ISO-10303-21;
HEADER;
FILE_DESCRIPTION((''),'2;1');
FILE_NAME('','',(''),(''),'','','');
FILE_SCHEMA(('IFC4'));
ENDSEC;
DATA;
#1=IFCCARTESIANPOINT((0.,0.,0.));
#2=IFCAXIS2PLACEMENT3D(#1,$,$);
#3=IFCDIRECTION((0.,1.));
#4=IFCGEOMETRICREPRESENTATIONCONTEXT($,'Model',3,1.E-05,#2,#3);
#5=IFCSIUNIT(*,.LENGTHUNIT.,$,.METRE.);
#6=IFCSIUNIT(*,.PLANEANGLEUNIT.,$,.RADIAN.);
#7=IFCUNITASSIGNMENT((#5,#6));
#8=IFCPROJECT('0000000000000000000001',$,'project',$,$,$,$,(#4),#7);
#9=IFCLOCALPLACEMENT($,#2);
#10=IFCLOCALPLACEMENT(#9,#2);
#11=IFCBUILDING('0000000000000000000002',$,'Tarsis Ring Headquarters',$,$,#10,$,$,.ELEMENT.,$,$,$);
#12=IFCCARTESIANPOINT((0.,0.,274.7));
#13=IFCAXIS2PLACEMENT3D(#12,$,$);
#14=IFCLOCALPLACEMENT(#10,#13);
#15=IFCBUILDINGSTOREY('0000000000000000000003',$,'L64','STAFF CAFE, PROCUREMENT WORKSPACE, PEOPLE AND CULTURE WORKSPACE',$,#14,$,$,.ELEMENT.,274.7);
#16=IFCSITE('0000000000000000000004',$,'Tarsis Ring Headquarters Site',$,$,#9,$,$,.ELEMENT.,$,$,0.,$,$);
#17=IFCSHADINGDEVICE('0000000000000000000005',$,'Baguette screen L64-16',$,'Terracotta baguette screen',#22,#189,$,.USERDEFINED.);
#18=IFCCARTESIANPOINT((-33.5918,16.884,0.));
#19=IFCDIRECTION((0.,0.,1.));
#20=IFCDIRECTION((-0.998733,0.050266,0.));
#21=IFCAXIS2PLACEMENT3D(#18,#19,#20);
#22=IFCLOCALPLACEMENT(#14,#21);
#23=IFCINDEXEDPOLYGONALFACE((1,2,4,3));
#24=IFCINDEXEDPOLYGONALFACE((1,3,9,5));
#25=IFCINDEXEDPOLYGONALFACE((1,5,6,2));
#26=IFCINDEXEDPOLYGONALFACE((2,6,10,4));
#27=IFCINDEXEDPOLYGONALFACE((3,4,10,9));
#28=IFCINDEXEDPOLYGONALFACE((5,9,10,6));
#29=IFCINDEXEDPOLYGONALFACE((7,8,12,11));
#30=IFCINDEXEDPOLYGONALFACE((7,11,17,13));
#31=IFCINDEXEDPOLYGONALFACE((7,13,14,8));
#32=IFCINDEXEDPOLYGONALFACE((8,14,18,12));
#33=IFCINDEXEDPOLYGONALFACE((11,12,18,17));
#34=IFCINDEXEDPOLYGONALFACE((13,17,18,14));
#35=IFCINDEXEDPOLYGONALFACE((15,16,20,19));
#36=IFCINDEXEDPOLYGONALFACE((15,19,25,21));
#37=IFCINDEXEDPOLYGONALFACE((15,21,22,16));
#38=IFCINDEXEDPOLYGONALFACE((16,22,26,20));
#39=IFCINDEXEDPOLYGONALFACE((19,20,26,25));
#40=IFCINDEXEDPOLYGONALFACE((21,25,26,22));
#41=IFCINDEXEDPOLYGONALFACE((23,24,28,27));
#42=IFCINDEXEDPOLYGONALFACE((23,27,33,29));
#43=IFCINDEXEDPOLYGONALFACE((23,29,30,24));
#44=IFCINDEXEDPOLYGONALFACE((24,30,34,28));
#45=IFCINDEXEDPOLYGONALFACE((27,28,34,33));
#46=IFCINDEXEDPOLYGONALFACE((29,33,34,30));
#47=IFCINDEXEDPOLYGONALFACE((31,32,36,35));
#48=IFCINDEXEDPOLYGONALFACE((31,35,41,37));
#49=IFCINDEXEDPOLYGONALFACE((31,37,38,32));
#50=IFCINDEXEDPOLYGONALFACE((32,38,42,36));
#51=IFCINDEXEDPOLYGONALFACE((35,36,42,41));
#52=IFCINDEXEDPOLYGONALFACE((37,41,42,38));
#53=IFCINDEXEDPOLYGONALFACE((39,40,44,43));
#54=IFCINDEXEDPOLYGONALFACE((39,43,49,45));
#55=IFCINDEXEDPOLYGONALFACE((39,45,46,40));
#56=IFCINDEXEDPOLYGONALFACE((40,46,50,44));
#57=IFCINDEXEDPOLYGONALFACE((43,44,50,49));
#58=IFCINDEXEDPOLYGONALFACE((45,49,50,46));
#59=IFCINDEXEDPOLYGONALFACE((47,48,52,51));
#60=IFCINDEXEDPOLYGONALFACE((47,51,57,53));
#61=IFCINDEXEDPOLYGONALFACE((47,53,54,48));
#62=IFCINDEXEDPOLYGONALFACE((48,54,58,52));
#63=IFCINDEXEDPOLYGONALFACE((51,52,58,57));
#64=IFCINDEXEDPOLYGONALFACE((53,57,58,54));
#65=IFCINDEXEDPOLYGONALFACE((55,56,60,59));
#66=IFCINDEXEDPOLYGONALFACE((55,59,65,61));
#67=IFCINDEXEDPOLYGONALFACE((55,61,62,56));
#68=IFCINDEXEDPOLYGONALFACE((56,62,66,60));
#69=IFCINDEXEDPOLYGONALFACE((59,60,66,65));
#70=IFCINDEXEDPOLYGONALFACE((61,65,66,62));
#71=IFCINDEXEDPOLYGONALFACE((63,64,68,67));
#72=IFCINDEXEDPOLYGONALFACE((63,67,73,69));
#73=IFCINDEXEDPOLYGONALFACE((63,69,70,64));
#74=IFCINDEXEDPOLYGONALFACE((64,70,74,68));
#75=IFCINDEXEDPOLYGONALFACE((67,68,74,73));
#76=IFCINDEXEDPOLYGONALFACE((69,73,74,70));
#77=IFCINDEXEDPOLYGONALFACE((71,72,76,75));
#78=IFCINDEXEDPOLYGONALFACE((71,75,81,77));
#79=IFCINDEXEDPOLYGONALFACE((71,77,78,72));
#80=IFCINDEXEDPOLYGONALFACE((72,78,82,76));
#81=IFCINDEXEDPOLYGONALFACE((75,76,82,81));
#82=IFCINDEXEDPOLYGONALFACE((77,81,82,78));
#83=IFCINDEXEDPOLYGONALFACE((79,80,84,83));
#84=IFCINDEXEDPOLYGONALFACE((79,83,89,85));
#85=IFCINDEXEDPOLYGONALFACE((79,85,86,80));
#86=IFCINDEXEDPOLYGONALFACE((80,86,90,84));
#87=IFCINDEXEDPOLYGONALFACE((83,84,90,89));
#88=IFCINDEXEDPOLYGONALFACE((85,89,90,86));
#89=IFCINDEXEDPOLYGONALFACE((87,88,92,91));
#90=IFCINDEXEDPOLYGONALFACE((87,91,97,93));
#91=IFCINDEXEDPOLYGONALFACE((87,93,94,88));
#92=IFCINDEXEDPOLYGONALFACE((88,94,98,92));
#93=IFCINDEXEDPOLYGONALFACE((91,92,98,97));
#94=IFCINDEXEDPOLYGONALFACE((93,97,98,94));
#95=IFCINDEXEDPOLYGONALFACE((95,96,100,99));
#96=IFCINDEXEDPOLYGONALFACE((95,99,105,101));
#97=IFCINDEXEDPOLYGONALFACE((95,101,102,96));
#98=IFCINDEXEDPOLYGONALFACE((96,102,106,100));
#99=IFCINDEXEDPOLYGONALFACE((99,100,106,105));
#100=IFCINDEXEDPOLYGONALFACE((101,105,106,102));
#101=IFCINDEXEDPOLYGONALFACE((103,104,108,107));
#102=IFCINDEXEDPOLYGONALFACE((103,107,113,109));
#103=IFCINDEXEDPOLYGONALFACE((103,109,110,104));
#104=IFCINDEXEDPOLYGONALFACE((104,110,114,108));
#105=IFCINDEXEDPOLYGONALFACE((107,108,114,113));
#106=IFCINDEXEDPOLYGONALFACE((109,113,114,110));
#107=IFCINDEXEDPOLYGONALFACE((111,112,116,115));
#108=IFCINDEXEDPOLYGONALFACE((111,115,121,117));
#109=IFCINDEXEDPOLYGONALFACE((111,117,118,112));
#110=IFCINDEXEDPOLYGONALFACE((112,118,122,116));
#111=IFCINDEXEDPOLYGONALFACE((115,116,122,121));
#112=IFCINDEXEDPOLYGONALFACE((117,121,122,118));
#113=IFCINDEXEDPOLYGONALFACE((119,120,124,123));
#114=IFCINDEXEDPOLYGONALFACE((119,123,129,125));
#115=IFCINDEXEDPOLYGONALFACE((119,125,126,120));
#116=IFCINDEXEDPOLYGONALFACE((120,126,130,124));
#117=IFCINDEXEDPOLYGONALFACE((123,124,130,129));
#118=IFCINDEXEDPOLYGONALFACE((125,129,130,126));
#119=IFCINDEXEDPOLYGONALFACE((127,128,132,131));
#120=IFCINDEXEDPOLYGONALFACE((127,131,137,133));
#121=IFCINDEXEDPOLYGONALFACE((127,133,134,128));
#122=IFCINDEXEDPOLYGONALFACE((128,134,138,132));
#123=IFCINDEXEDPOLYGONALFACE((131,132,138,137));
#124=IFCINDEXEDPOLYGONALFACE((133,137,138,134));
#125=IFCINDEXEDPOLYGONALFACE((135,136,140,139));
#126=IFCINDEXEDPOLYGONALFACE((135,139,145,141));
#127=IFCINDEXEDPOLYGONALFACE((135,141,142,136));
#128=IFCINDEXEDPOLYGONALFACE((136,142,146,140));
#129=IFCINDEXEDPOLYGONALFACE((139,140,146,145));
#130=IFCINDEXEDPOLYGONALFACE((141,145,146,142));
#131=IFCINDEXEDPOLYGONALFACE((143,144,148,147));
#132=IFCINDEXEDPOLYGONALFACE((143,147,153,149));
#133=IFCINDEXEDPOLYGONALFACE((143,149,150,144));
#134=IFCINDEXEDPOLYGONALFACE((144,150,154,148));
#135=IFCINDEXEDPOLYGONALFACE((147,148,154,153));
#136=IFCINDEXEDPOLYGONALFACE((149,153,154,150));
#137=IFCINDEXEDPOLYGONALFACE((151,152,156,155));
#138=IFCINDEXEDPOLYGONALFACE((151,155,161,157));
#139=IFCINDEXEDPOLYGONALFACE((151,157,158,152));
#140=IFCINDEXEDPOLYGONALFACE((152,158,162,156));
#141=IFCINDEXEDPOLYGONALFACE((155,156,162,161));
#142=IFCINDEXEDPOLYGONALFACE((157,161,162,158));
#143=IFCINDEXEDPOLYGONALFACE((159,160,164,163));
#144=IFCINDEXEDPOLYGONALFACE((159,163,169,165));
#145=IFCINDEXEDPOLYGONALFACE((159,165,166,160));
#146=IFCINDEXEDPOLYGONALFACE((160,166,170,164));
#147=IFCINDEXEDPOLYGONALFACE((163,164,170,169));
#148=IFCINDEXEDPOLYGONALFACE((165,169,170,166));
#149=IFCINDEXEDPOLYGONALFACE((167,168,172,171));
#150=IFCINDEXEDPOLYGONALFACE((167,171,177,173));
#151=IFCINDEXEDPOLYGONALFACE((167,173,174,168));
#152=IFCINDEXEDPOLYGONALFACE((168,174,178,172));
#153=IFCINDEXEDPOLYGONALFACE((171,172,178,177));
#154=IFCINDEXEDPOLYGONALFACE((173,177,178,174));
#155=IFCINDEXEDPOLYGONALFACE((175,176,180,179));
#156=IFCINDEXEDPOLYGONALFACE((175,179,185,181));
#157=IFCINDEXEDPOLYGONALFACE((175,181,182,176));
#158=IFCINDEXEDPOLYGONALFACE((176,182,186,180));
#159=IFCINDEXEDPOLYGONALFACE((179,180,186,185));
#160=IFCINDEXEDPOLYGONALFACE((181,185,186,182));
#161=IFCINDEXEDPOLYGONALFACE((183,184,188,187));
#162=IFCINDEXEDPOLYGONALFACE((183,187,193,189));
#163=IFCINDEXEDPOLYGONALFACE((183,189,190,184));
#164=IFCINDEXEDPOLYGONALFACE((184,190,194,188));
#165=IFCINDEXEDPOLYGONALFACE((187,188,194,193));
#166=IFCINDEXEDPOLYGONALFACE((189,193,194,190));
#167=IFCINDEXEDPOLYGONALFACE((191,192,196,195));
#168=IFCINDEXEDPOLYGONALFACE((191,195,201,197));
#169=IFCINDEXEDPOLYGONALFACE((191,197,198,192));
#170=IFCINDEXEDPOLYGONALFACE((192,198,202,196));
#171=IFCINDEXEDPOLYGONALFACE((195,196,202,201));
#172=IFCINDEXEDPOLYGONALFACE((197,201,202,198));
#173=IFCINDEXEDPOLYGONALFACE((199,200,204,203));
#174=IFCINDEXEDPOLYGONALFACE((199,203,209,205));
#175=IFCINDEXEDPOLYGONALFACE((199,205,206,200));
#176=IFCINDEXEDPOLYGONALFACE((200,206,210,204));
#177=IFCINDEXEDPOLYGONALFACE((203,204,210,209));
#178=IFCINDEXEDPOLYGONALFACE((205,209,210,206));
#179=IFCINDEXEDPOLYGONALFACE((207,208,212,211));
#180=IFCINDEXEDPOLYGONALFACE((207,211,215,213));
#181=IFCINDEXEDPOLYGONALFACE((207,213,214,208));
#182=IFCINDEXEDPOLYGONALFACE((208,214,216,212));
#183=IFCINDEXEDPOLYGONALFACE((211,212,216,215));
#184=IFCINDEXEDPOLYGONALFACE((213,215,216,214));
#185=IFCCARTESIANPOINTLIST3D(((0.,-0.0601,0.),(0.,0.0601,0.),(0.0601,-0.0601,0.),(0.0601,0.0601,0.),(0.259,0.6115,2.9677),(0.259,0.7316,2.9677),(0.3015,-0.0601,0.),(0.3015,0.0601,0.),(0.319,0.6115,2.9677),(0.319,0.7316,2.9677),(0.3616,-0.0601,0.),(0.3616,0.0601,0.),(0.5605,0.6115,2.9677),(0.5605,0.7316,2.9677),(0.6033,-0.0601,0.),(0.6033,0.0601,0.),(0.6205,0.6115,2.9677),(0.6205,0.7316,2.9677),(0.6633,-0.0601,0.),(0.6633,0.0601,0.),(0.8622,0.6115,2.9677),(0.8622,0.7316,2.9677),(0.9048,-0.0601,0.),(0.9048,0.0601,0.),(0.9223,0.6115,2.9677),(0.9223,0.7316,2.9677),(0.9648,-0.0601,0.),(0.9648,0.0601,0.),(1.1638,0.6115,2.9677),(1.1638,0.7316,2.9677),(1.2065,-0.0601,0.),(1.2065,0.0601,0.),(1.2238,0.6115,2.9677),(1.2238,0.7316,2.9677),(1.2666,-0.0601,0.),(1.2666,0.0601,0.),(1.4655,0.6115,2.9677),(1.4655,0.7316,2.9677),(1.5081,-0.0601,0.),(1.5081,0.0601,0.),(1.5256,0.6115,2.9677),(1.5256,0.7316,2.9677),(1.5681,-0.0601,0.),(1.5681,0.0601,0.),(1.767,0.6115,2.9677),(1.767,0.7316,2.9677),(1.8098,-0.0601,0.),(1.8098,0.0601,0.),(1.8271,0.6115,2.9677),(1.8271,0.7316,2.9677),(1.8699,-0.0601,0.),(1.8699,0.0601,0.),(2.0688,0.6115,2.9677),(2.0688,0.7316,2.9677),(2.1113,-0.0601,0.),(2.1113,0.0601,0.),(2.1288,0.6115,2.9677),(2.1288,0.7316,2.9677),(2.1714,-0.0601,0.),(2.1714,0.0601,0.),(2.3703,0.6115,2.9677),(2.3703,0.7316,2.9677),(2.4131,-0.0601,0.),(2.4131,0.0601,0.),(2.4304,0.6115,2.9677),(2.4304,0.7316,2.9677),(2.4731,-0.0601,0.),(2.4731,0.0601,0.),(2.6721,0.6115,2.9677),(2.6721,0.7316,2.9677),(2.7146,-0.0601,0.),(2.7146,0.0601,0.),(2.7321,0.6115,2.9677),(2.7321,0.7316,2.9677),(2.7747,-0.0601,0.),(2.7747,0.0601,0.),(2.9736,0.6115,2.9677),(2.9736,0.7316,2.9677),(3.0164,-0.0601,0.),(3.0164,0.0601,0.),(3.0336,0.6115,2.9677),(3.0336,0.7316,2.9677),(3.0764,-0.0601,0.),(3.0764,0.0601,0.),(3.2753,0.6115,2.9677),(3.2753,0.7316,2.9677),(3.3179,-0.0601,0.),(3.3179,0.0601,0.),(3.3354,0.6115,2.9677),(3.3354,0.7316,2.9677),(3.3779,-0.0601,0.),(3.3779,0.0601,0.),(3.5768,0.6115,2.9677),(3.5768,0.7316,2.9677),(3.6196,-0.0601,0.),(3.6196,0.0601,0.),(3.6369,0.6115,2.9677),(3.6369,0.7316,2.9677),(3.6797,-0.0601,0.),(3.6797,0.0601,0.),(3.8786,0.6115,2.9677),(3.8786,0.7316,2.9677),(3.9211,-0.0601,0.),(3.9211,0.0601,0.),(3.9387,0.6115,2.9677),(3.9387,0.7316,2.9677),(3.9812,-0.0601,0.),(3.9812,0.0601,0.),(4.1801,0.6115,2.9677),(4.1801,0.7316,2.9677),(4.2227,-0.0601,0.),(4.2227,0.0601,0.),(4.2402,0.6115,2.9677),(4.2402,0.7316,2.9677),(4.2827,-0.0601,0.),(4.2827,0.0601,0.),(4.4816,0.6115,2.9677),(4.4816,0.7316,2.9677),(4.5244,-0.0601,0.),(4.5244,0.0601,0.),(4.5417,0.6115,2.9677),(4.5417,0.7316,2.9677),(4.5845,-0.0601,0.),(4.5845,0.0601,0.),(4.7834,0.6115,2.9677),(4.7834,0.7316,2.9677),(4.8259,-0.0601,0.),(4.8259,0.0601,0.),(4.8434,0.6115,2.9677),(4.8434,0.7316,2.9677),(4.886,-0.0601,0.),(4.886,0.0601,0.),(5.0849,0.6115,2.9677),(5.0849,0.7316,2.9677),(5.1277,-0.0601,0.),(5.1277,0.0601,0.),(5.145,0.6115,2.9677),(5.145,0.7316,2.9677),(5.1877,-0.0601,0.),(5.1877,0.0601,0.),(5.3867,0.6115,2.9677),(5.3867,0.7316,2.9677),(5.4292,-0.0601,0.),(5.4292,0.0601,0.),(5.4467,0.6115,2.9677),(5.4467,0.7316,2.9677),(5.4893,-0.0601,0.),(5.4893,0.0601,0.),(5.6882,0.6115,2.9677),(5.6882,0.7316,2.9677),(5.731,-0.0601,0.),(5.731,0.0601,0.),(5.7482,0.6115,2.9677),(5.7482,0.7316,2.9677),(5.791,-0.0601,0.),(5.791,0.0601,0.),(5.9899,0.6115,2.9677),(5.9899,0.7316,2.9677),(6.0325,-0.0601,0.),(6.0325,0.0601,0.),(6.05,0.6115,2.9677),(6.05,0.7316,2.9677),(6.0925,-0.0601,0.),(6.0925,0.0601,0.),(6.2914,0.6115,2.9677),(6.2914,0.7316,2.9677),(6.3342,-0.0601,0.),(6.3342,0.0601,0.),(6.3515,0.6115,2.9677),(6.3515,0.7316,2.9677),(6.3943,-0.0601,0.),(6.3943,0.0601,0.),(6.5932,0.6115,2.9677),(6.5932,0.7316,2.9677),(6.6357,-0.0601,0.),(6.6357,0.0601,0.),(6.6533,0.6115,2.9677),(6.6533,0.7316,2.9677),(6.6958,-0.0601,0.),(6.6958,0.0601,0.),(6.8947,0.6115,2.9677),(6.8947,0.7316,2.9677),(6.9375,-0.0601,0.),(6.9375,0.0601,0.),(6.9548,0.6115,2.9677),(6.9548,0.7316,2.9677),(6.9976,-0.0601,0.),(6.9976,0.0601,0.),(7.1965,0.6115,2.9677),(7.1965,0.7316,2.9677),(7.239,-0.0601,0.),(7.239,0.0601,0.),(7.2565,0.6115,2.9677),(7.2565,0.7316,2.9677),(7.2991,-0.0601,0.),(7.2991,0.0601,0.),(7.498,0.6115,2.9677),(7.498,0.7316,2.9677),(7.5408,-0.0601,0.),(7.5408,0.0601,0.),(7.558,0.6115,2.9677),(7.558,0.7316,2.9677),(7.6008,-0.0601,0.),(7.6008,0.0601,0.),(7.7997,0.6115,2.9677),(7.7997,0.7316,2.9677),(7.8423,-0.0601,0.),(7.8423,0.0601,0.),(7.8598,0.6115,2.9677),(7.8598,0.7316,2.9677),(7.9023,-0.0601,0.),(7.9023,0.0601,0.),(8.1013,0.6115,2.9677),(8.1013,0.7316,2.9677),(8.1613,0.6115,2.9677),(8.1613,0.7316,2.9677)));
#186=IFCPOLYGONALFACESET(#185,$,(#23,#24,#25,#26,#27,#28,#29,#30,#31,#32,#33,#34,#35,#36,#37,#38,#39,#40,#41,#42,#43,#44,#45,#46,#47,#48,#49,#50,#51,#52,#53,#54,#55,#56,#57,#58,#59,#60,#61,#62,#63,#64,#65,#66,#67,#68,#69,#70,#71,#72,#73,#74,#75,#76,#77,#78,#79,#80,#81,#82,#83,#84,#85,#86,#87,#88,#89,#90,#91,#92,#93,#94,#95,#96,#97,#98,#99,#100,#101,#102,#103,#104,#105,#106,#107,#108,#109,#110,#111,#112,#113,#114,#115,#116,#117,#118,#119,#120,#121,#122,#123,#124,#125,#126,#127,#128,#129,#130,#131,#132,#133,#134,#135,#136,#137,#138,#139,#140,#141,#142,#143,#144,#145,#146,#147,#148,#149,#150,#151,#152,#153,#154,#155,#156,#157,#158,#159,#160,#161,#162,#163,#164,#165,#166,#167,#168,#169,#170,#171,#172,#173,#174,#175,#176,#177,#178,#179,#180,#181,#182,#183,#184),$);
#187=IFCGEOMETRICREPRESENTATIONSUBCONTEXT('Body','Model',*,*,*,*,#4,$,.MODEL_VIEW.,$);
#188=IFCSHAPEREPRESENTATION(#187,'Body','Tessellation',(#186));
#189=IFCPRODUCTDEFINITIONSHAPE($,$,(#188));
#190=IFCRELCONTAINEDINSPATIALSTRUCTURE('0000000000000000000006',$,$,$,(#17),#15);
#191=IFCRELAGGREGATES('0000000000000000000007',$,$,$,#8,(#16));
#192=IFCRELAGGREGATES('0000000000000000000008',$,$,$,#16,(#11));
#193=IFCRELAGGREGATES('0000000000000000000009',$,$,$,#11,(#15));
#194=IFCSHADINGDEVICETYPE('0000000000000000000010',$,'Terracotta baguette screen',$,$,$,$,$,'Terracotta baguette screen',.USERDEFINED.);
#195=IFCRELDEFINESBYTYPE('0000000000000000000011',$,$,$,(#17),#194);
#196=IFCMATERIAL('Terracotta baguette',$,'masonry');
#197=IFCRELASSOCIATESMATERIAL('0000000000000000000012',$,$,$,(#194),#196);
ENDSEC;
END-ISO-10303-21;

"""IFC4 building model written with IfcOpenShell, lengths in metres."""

from ifc_helpers import new_model, si_unit, direction, frame, frame_2d, origin, place, context, subcontext, project, spatial, rectangle, composite_profile, extrude, material, type_object, element, save


model = new_model("IFC4")

# Units and contexts
model_context = context("Model", 3, precision=1e-05, world=origin(), true_north=direction((0.0, 1.0)))
body_context = subcontext(model_context, "Body", "Model", "MODEL_VIEW")
ifc_project = project(units=[si_unit("LENGTHUNIT", "METRE"), si_unit("PLANEANGLEUNIT", "RADIAN")], contexts=[model_context])

# Site, building, storey
site_placement = place(None, origin())
site = spatial("IfcSite", under=ifc_project, at=site_placement, Name="Tarsis Ring Headquarters Site", CompositionType="ELEMENT", RefElevation=0.0)
building_placement = place(site_placement, origin())
building = spatial("IfcBuilding", under=site, at=building_placement, Name="Tarsis Ring Headquarters", CompositionType="ELEMENT")
storey_placement = place(building_placement, frame((0.0, 0.0, 274.7)))
storey = spatial("IfcBuildingStorey", under=building, at=storey_placement, Name="L64", Description="STAFF CAFE, PROCUREMENT WORKSPACE, PEOPLE AND CULTURE WORKSPACE", CompositionType="ELEMENT", Elevation=274.7)

# Shading device
ifc_material_1 = material(Name="Terracotta baguette", Category="masonry")
shading_device_type_1 = type_object("IfcShadingDeviceType", Name="Terracotta baguette screen", ElementType="Terracotta baguette screen", PredefinedType="USERDEFINED", material=ifc_material_1)
shading_device_1_placement = place(storey_placement, frame((-33.5918, 16.884, 0.0), z_axis=(0.0, 0.0, 1.0), x_axis=(-0.998733, 0.050266, 0.0)))
element("IfcShadingDevice", 1, at=shading_device_1_placement, inside=storey, type_object=shading_device_type_1, Name="Baguette screen L64-16", ObjectType="Terracotta baguette screen", PredefinedType="USERDEFINED", context=body_context, shape_type="SweptSolid", body=[
    extrude(composite_profile([rectangle(XDim=0.0601, YDim=0.1201, at=frame_2d((0.03, 0.0))), rectangle(XDim=0.0601, YDim=0.1201, at=frame_2d((0.3315, 0.0))), rectangle(XDim=0.0601, YDim=0.1201, at=frame_2d((0.6333, 0.0))), rectangle(XDim=0.0601, YDim=0.1201, at=frame_2d((0.9348, 0.0))), rectangle(XDim=0.0601, YDim=0.1201, at=frame_2d((1.2366, 0.0))), rectangle(XDim=0.0601, YDim=0.1201, at=frame_2d((1.5381, 0.0))), rectangle(XDim=0.0601, YDim=0.1201, at=frame_2d((1.8398, 0.0))), rectangle(XDim=0.0601, YDim=0.1201, at=frame_2d((2.1414, 0.0))), rectangle(XDim=0.0601, YDim=0.1201, at=frame_2d((2.4431, 0.0))), rectangle(XDim=0.0601, YDim=0.1201, at=frame_2d((2.7446, 0.0))), rectangle(XDim=0.0601, YDim=0.1201, at=frame_2d((3.0464, 0.0))), rectangle(XDim=0.0601, YDim=0.1201, at=frame_2d((3.3479, 0.0))), rectangle(XDim=0.0601, YDim=0.1201, at=frame_2d((3.6497, 0.0))), rectangle(XDim=0.0601, YDim=0.1201, at=frame_2d((3.9512, 0.0))), rectangle(XDim=0.0601, YDim=0.1201, at=frame_2d((4.2527, 0.0))), rectangle(XDim=0.0601, YDim=0.1201, at=frame_2d((4.5544, 0.0))), rectangle(XDim=0.0601, YDim=0.1201, at=frame_2d((4.856, 0.0))), rectangle(XDim=0.0601, YDim=0.1201, at=frame_2d((5.1577, 0.0))), rectangle(XDim=0.0601, YDim=0.1201, at=frame_2d((5.4592, 0.0))), rectangle(XDim=0.0601, YDim=0.1201, at=frame_2d((5.761, 0.0))), rectangle(XDim=0.0601, YDim=0.1201, at=frame_2d((6.0625, 0.0))), rectangle(XDim=0.0601, YDim=0.1201, at=frame_2d((6.3643, 0.0))), rectangle(XDim=0.0601, YDim=0.1201, at=frame_2d((6.6658, 0.0))), rectangle(XDim=0.0601, YDim=0.1201, at=frame_2d((6.9675, 0.0))), rectangle(XDim=0.0601, YDim=0.1201, at=frame_2d((7.269, 0.0))), rectangle(XDim=0.0601, YDim=0.1201, at=frame_2d((7.5708, 0.0))), rectangle(XDim=0.0601, YDim=0.1201, at=frame_2d((7.8723, 0.0)))]), origin(), (0.084807, 0.21992, 0.971825), 3.0537),
])

save(model, "model.ifc")
